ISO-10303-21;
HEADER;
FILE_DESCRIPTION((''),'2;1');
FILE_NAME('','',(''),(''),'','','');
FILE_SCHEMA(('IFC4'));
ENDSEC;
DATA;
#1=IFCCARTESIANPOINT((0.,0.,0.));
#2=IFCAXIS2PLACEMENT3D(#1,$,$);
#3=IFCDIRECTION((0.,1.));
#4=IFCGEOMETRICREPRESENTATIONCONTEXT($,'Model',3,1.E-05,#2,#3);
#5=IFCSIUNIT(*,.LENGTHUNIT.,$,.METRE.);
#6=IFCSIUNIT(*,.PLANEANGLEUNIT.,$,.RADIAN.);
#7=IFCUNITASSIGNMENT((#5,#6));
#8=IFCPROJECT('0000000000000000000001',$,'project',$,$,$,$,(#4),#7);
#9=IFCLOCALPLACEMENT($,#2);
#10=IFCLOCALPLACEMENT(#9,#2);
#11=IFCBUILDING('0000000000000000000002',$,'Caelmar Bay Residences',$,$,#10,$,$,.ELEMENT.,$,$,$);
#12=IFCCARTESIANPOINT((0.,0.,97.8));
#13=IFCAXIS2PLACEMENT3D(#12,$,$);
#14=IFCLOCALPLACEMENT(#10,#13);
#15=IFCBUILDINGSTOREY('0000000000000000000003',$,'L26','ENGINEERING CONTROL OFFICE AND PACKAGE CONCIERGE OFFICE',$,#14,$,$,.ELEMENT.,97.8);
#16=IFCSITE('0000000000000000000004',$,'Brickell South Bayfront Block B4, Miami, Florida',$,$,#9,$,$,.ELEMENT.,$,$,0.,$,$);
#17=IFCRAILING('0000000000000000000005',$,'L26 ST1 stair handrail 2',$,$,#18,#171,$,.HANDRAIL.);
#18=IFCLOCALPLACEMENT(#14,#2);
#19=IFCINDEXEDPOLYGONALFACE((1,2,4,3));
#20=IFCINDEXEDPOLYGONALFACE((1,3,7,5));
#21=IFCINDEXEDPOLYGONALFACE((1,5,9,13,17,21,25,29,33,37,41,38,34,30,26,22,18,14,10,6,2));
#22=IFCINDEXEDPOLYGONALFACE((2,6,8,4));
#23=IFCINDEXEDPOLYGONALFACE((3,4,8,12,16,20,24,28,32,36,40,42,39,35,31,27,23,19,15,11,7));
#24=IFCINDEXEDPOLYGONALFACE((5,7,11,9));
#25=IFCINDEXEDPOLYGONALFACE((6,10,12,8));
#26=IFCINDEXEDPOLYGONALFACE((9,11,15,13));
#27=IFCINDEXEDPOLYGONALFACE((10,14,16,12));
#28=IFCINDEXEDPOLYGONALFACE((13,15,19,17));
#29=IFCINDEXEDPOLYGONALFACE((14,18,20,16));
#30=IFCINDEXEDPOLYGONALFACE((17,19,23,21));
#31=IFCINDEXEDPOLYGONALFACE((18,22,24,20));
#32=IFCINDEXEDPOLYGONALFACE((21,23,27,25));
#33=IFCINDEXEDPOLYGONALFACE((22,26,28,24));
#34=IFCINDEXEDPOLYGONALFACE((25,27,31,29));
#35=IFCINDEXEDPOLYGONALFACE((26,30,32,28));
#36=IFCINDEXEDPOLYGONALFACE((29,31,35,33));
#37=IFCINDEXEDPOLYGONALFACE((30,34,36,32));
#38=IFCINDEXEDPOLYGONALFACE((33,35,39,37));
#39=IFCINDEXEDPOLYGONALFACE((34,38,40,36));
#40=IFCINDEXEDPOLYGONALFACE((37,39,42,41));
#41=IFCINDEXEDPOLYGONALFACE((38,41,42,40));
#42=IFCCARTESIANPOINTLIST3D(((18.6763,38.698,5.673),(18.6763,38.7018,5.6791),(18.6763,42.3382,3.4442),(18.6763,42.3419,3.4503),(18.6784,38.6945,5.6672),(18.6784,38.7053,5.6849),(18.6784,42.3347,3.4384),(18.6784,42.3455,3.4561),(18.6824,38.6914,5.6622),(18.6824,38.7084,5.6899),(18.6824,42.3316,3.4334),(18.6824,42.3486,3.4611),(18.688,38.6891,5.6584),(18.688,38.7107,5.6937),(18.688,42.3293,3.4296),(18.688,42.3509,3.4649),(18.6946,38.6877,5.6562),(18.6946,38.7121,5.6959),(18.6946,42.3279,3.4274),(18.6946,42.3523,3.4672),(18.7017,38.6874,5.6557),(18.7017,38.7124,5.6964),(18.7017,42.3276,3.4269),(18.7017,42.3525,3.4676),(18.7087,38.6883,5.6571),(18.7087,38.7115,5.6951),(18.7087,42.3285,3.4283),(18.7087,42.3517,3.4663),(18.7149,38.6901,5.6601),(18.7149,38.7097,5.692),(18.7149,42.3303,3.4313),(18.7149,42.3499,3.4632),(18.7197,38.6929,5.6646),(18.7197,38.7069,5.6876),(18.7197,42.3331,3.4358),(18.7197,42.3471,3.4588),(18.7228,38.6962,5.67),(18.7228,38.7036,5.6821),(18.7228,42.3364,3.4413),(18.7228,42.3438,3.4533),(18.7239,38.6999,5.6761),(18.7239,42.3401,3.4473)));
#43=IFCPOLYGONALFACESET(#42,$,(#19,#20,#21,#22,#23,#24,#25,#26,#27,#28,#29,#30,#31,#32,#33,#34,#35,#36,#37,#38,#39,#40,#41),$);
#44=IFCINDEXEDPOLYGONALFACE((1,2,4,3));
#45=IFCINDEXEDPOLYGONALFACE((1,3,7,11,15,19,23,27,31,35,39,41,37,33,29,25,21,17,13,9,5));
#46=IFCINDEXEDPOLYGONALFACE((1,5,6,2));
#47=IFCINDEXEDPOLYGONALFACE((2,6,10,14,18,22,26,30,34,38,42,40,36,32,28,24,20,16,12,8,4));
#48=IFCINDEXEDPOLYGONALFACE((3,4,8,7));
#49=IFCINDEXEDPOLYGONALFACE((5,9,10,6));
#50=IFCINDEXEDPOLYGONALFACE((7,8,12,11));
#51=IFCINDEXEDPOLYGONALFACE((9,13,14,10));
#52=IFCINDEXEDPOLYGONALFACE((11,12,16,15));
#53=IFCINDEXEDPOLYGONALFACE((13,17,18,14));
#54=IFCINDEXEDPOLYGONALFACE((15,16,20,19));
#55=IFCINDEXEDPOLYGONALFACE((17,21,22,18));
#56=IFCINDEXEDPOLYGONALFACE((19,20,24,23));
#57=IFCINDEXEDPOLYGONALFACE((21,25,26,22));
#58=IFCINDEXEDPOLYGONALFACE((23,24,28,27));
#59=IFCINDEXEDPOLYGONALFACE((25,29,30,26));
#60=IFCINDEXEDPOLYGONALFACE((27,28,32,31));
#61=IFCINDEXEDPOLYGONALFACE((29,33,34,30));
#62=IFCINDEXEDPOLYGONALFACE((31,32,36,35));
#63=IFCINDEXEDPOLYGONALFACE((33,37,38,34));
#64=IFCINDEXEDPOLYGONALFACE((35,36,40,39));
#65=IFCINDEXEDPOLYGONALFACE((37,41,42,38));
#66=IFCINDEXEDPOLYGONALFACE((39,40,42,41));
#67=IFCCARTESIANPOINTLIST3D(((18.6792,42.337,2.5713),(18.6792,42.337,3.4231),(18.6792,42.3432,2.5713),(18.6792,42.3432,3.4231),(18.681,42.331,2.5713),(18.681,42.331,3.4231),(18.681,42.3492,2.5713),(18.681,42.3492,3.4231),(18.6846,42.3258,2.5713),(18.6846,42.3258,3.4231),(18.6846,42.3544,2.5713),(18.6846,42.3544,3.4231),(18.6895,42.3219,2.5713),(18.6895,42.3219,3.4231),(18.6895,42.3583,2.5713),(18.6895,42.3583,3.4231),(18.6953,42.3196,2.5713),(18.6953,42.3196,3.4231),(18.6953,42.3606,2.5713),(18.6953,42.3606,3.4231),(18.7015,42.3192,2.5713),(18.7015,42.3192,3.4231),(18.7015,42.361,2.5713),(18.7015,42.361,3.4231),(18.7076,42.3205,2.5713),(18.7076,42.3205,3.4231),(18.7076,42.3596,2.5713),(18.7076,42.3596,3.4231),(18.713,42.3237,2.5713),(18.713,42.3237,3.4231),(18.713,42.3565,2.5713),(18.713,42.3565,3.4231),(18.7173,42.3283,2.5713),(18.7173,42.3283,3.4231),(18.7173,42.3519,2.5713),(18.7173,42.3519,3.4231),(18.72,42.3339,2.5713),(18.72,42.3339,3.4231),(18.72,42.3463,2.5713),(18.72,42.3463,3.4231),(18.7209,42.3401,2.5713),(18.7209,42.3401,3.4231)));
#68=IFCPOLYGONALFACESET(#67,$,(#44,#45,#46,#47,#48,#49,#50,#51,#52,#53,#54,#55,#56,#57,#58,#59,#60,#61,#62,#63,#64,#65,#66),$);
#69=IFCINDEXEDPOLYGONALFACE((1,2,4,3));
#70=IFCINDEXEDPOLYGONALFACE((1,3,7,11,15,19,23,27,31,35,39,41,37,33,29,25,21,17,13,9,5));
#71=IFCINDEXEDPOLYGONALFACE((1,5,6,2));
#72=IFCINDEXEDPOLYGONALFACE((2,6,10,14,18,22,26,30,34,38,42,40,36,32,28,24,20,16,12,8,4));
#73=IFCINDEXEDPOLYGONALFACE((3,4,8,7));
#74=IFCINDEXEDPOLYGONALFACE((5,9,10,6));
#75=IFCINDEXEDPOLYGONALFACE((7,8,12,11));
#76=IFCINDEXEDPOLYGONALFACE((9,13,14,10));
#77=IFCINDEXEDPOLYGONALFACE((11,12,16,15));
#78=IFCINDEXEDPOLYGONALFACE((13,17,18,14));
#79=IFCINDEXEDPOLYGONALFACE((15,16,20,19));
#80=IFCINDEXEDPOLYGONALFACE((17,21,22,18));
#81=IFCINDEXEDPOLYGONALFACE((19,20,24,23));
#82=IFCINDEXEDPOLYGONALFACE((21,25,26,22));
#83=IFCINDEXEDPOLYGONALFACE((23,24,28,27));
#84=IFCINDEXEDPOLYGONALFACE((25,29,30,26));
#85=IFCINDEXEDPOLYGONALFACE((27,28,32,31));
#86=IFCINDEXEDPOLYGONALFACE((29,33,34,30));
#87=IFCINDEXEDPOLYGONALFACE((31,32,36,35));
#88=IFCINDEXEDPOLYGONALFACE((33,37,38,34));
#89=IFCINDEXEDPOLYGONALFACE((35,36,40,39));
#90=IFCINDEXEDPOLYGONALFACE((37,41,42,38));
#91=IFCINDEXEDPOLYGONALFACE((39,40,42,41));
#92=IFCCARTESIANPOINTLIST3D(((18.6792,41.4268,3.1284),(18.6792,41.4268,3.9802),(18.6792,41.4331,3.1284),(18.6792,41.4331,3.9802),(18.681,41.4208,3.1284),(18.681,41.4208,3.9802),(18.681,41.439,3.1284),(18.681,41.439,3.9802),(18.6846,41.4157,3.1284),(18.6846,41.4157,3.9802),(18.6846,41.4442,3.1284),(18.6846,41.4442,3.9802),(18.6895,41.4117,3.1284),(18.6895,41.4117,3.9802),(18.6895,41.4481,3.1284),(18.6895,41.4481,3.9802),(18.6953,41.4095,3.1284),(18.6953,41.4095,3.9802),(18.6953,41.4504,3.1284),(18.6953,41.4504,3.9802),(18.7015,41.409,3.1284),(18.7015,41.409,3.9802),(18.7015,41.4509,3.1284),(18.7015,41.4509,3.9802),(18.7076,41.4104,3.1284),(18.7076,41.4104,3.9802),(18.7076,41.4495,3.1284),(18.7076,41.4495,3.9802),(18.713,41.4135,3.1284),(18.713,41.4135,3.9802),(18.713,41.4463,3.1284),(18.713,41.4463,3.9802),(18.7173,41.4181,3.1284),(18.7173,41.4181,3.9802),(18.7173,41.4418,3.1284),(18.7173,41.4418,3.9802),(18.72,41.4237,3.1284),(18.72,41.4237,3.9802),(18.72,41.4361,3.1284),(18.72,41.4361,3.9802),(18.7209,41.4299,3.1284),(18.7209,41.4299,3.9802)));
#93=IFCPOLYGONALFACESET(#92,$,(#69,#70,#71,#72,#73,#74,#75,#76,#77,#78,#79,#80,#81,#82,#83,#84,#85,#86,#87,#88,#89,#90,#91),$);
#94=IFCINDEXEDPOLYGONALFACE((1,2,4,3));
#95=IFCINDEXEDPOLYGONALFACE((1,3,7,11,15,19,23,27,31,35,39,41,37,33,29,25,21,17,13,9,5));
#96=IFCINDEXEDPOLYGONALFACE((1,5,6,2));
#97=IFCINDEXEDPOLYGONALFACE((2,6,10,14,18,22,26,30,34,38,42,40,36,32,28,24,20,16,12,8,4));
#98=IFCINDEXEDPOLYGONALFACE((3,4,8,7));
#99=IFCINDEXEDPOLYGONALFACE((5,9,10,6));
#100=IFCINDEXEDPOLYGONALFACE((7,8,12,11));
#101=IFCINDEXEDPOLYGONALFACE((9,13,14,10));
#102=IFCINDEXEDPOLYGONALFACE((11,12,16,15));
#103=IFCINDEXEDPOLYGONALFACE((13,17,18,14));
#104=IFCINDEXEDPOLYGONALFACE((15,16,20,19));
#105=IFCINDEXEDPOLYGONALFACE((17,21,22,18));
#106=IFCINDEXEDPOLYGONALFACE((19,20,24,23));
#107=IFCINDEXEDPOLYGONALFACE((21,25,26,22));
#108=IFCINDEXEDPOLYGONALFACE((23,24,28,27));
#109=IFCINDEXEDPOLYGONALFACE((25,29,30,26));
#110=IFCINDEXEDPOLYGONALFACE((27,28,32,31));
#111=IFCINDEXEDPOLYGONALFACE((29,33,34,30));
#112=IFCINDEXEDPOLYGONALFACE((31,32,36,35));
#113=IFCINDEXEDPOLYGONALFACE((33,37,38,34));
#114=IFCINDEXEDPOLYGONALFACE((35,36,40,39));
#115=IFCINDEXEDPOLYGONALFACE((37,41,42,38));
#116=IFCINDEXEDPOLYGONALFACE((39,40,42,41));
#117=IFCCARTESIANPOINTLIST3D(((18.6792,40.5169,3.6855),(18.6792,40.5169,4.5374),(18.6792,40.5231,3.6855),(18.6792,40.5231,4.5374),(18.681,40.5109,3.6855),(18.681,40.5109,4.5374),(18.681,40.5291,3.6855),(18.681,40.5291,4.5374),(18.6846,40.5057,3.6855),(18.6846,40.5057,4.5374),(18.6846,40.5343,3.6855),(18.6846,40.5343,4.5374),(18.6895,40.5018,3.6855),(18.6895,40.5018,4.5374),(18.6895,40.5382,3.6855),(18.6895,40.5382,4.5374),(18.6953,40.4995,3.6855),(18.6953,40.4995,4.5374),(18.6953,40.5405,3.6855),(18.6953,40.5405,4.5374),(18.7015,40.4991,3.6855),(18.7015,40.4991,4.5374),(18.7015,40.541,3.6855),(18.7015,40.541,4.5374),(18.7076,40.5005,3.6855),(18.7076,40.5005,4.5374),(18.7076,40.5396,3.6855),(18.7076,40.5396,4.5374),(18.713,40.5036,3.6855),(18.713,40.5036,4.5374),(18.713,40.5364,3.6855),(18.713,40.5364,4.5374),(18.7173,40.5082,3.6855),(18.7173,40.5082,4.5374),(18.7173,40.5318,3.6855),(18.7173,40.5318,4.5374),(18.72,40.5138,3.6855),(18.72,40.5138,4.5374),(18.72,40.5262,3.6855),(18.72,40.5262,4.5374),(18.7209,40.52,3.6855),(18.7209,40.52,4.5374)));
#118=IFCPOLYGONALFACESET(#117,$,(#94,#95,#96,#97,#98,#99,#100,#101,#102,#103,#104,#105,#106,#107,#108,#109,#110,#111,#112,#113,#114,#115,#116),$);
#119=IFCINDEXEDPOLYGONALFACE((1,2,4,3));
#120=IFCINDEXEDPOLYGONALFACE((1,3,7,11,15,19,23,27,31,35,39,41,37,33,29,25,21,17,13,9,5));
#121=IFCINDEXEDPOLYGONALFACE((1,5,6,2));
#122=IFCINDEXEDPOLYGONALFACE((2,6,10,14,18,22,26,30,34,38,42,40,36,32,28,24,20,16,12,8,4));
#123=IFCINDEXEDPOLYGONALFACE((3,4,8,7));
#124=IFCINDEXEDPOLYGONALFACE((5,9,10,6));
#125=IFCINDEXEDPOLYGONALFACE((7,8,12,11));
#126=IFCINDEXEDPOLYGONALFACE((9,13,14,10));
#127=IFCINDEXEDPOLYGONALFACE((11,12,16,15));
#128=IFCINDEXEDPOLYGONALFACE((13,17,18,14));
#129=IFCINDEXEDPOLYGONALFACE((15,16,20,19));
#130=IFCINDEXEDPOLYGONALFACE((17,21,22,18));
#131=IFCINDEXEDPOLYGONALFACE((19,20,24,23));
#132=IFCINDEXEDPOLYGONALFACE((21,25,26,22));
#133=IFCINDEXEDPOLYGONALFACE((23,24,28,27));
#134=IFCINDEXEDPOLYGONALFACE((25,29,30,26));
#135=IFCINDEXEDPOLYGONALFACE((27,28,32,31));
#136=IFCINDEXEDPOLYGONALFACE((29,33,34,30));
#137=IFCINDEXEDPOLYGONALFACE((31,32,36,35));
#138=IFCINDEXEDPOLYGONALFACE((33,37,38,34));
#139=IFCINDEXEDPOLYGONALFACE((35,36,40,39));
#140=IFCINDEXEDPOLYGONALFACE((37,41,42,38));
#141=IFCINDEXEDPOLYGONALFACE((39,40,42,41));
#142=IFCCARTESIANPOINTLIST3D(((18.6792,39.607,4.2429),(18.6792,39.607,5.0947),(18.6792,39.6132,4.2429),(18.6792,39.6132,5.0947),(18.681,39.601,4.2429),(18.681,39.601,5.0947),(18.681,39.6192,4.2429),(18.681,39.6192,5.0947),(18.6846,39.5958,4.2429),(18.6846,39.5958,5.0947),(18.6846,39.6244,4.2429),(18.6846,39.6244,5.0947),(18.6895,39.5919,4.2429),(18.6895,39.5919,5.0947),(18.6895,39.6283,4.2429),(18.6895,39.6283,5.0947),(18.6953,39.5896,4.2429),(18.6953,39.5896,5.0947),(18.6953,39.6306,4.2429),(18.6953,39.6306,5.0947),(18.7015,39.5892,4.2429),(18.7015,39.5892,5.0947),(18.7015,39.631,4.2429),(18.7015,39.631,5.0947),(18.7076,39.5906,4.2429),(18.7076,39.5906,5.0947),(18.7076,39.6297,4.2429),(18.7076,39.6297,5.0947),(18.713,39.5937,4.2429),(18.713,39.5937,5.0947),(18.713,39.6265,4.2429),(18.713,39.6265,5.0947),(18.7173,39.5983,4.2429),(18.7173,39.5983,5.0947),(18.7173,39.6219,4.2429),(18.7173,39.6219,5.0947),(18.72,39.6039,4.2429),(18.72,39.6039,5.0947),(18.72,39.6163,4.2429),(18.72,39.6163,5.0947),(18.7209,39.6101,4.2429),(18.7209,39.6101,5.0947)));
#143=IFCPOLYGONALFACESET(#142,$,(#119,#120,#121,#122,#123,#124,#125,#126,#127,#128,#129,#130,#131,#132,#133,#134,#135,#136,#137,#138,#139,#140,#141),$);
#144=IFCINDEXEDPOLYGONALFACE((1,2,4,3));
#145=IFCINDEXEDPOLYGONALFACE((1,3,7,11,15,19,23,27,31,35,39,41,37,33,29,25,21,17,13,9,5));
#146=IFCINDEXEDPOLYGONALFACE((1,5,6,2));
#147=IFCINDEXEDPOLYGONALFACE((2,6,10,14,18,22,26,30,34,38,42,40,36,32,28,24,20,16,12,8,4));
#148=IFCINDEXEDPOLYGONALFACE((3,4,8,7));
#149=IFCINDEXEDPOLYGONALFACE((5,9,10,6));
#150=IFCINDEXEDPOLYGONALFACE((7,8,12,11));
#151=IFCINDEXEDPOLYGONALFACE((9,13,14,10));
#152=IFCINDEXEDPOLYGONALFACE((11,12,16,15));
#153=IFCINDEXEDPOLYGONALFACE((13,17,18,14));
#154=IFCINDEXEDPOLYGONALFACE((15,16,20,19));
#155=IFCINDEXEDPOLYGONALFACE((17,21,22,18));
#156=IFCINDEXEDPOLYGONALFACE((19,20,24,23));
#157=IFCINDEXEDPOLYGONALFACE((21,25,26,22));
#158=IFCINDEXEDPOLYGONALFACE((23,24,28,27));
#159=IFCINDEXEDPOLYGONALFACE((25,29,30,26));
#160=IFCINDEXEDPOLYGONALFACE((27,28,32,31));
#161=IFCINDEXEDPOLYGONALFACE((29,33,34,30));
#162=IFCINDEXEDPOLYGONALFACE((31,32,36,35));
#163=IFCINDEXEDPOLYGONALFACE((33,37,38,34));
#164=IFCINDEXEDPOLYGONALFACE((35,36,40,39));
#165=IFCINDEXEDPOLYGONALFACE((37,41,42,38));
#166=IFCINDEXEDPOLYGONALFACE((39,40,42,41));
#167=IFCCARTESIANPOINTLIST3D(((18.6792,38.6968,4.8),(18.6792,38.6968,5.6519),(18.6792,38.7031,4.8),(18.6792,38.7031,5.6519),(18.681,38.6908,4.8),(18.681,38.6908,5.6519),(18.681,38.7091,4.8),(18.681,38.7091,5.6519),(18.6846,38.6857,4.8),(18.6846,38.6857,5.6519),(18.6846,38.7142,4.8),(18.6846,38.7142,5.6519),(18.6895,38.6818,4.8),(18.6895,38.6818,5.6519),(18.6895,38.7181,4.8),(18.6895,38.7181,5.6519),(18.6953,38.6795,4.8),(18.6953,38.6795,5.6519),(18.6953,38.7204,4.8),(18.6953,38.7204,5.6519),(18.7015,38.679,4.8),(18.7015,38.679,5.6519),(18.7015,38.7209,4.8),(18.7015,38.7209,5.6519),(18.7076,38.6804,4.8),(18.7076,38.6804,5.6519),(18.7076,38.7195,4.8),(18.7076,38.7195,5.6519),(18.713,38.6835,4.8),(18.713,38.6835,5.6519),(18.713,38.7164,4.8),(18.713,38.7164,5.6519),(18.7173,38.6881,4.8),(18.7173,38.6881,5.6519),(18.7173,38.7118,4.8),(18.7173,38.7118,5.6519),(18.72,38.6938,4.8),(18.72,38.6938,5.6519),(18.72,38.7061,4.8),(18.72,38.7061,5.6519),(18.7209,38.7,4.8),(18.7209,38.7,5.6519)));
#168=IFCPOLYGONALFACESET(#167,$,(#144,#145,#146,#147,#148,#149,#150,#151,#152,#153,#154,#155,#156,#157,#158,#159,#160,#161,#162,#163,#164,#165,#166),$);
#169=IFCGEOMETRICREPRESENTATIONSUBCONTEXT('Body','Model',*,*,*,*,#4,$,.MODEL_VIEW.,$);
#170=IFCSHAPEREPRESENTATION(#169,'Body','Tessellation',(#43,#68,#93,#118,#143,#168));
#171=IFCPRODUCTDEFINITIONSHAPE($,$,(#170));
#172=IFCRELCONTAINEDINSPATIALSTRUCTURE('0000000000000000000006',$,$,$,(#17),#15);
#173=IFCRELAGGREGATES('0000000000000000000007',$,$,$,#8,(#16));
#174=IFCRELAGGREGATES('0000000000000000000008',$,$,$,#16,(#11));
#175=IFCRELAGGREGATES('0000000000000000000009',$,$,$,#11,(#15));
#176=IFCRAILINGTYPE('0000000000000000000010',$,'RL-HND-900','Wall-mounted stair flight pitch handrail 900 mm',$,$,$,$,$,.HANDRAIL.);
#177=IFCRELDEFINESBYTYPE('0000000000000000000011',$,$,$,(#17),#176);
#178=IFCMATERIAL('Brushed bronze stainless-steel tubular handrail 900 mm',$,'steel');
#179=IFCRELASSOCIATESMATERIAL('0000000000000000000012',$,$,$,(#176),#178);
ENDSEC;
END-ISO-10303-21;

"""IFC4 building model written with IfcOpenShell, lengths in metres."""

from ifc_helpers import new_model, si_unit, direction, frame, origin, origin_2d, place, context, subcontext, project, spatial, circle, extrude, material, type_object, element, save


model = new_model("IFC4")

# Units and contexts
model_context = context("Model", 3, precision=1e-05, world=origin(), true_north=direction((0.0, 1.0)))
body_context = subcontext(model_context, "Body", "Model", "MODEL_VIEW")
ifc_project = project(units=[si_unit("LENGTHUNIT", "METRE"), si_unit("PLANEANGLEUNIT", "RADIAN")], contexts=[model_context])

# Site, building, storey
site_placement = place(None, origin())
site = spatial("IfcSite", under=ifc_project, at=site_placement, Name="Brickell South Bayfront Block B4, Miami, Florida", CompositionType="ELEMENT", RefElevation=0.0)
building_placement = place(site_placement, origin())
building = spatial("IfcBuilding", under=site, at=building_placement, Name="Caelmar Bay Residences", CompositionType="ELEMENT")
storey_placement = place(building_placement, frame((0.0, 0.0, 97.8)))
storey = spatial("IfcBuildingStorey", under=building, at=storey_placement, Name="L26", Description="ENGINEERING CONTROL OFFICE AND PACKAGE CONCIERGE OFFICE", CompositionType="ELEMENT", Elevation=97.8)

# Railing
ifc_material_1 = material(Name="Brushed bronze stainless-steel tubular handrail 900 mm", Category="steel")
railing_type_1 = type_object("IfcRailingType", Name="RL-HND-900", Description="Wall-mounted stair flight pitch handrail 900 mm", PredefinedType="HANDRAIL", material=ifc_material_1)
railing_1_placement = place(storey_placement, frame((18.7, 42.3401, 2.5713)))
element("IfcRailing", 1, at=railing_1_placement, inside=storey, type_object=railing_type_1, Name="L26 ST1 stair handrail 2", PredefinedType="HANDRAIL", context=body_context, shape_type="SweptSolid", body=[
    extrude(circle(Radius=0.0239, at=origin_2d()), frame((0.0, 0.0, 0.876), z_axis=(0.0, -0.85284, 0.522172), x_axis=(1.0, 0.0, 0.0)), (0.0, 0.0, 1.0), 4.2683),
    extrude(circle(Radius=0.021, at=origin_2d()), origin(), (0.0, 0.0, 1.0), 0.8518),
    extrude(circle(Radius=0.021, at=origin_2d()), frame((0.0, -0.9102, 0.5571)), (0.0, 0.0, 1.0), 0.8518),
    extrude(circle(Radius=0.021, at=origin_2d()), frame((0.0, -1.8201, 1.1143)), (0.0, 0.0, 1.0), 0.8518),
    extrude(circle(Radius=0.021, at=origin_2d()), frame((0.0, -2.73, 1.6716)), (0.0, 0.0, 1.0), 0.8518),
    extrude(circle(Radius=0.021, at=origin_2d()), frame((0.0, -3.6401, 2.2288)), (0.0, 0.0, 1.0), 0.8518),
])

save(model, "model.ifc")
